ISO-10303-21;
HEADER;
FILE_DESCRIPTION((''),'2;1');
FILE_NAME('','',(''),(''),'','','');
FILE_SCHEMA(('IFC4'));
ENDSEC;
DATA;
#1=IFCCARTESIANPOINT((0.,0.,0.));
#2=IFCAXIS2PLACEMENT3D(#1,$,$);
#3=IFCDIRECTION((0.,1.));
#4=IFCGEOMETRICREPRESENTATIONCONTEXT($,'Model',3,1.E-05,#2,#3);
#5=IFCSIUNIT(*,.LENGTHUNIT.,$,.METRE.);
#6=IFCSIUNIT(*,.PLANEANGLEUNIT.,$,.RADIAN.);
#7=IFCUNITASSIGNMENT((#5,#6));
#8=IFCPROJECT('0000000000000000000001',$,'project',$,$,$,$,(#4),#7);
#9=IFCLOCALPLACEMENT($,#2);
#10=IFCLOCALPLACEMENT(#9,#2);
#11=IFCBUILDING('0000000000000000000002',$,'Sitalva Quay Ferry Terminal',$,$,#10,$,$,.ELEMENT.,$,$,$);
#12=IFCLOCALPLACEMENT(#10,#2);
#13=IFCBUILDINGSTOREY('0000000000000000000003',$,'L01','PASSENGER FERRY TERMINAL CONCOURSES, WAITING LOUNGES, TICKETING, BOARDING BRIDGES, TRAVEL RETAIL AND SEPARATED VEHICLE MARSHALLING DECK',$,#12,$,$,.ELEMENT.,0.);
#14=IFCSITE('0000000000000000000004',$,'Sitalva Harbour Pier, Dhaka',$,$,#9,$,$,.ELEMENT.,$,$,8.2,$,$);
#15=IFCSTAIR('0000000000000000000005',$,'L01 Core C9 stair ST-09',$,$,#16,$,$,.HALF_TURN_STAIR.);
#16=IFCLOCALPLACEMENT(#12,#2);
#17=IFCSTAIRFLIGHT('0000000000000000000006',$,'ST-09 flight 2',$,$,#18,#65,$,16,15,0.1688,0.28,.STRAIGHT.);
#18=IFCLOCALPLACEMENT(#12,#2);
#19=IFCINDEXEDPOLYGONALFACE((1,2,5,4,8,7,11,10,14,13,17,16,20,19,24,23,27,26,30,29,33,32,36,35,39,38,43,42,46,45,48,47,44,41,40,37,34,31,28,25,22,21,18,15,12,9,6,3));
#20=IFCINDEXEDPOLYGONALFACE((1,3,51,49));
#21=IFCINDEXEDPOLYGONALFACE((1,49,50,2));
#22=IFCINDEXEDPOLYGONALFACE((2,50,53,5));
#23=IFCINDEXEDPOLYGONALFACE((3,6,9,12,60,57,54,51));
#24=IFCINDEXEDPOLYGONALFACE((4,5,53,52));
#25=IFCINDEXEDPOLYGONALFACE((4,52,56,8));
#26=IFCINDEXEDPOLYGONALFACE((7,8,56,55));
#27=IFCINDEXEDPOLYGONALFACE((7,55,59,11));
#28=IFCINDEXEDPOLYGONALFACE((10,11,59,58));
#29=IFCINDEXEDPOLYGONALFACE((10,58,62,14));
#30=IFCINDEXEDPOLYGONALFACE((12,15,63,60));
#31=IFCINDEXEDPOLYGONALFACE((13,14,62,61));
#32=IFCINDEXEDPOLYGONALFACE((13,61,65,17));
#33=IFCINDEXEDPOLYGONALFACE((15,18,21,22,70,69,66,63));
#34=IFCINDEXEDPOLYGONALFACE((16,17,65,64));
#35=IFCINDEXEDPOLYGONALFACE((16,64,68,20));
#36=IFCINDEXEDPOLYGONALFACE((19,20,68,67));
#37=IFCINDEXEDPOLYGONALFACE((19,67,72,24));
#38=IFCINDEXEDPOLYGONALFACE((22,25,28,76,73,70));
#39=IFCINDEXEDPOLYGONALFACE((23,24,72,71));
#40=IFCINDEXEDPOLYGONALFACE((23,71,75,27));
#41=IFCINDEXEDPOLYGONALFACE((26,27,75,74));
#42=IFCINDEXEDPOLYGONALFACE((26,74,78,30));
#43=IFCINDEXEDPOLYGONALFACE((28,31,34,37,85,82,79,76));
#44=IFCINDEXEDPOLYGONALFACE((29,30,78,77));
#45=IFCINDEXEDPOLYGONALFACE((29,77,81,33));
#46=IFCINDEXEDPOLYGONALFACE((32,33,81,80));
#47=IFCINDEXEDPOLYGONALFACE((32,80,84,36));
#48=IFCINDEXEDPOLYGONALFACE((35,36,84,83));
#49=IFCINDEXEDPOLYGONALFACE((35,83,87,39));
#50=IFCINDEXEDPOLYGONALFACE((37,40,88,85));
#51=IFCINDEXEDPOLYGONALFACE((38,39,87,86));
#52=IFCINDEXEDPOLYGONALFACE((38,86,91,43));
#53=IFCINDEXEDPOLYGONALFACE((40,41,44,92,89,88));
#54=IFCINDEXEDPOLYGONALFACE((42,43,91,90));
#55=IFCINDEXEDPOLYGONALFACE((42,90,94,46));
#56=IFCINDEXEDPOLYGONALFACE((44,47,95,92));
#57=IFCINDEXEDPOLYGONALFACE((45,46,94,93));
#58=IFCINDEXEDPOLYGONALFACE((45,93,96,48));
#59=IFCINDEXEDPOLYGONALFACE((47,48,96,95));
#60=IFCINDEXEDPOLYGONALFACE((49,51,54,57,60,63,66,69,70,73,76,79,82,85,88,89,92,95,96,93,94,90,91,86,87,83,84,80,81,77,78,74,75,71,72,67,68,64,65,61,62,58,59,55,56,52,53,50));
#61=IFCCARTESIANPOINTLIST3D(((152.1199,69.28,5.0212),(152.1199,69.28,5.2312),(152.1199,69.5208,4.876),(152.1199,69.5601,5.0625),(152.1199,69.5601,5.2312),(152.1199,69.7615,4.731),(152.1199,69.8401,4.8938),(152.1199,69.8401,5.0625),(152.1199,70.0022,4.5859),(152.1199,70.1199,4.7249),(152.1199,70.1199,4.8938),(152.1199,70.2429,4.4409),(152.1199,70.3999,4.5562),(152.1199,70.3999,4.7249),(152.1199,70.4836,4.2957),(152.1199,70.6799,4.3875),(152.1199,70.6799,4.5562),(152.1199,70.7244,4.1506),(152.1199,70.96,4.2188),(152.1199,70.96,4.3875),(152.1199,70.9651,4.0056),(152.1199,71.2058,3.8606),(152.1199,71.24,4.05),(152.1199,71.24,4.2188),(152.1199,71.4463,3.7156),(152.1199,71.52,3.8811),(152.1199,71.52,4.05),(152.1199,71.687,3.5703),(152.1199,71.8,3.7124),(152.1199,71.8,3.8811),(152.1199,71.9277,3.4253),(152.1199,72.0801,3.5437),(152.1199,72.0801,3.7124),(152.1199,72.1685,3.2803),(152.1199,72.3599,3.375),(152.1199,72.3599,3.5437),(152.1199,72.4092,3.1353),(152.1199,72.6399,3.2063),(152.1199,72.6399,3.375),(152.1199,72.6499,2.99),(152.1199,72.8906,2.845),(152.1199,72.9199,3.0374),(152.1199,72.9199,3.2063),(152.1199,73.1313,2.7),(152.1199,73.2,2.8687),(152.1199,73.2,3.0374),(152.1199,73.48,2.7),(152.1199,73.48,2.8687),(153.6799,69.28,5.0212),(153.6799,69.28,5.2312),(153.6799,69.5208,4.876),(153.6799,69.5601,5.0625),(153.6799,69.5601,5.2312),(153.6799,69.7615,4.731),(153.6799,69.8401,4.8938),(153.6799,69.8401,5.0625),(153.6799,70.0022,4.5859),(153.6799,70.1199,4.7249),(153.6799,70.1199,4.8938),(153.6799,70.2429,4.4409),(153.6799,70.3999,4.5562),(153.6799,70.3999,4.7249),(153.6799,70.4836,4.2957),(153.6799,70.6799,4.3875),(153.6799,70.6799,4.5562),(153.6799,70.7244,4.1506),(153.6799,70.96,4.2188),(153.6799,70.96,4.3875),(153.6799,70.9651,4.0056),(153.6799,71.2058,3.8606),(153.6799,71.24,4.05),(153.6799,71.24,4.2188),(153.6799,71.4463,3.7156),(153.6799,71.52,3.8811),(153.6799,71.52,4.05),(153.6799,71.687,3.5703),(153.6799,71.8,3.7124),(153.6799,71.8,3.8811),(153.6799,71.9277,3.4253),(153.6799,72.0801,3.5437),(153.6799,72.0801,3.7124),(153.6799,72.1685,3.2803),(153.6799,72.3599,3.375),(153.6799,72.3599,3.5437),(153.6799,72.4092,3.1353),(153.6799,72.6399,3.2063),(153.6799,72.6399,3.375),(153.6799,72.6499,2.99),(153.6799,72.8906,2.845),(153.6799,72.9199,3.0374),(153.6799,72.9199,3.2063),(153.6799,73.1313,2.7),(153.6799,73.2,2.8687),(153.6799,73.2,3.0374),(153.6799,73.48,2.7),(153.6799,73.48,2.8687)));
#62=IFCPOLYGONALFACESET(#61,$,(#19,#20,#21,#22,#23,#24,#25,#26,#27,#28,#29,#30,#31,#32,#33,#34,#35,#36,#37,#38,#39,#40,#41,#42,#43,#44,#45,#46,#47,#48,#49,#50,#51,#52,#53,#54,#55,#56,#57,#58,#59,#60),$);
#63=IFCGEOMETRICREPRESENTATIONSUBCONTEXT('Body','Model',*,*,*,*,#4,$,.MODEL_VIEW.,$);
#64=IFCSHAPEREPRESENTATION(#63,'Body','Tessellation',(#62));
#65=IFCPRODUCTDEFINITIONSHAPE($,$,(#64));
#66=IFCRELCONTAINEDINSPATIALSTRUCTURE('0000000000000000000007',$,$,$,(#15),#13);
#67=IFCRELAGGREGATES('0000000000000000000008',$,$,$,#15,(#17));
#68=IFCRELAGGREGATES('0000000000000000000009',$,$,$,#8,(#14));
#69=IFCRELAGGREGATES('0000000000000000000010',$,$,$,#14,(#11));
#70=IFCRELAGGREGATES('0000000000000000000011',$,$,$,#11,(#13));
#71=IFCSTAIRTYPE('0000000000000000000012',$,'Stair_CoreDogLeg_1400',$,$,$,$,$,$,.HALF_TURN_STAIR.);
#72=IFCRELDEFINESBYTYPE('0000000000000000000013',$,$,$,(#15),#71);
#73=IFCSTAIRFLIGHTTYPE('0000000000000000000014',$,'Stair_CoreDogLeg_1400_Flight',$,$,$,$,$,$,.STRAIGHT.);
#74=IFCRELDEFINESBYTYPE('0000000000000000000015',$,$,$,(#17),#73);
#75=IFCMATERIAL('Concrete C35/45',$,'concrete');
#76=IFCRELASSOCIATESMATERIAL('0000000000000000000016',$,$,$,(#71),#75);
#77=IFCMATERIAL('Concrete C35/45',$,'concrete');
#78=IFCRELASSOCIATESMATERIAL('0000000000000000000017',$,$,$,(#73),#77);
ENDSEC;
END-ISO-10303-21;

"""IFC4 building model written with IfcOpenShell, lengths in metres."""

from ifc_helpers import new_model, si_unit, direction, frame, origin, place, context, subcontext, project, spatial, polyline, outline, extrude, material, type_object, element, aggregate, save


model = new_model("IFC4")

# Units and contexts
model_context = context("Model", 3, precision=1e-05, world=origin(), true_north=direction((0.0, 1.0)))
body_context = subcontext(model_context, "Body", "Model", "MODEL_VIEW")
ifc_project = project(units=[si_unit("LENGTHUNIT", "METRE"), si_unit("PLANEANGLEUNIT", "RADIAN")], contexts=[model_context])

# Site, building, storey
site_placement = place(None, origin())
site = spatial("IfcSite", under=ifc_project, at=site_placement, Name="Sitalva Harbour Pier, Dhaka", CompositionType="ELEMENT", RefElevation=8.2)
building_placement = place(site_placement, origin())
building = spatial("IfcBuilding", under=site, at=building_placement, Name="Sitalva Quay Ferry Terminal", CompositionType="ELEMENT")
storey_placement = place(building_placement, origin())
storey = spatial("IfcBuildingStorey", under=building, at=storey_placement, Name="L01", Description="PASSENGER FERRY TERMINAL CONCOURSES, WAITING LOUNGES, TICKETING, BOARDING BRIDGES, TRAVEL RETAIL AND SEPARATED VEHICLE MARSHALLING DECK", CompositionType="ELEMENT", Elevation=0.0)

# Stair, stair flight
ifc_material_1 = material(Name="Concrete C35/45", Category="concrete")
stair_type = type_object("IfcStairType", Name="Stair_CoreDogLeg_1400", PredefinedType="HALF_TURN_STAIR", material=ifc_material_1)
stair_placement = place(storey_placement, origin())
stair = element("IfcStair", 1, at=stair_placement, inside=storey, type_object=stair_type, Name="L01 Core C9 stair ST-09", PredefinedType="HALF_TURN_STAIR")
ifc_material_2 = material(Name="Concrete C35/45", Category="concrete")
stair_flight_type = type_object("IfcStairFlightType", Name="Stair_CoreDogLeg_1400_Flight", PredefinedType="STRAIGHT", material=ifc_material_2)
stair_flight_1_placement = place(storey_placement, frame((152.8999, 73.48, 2.7), z_axis=(0.0, 0.0, 1.0), x_axis=(0.0, -1.0, 0.0)))
stair_flight_1 = element("IfcStairFlight", 2, at=stair_flight_1_placement, type_object=stair_flight_type, Name="ST-09 flight 2", NumberOfRisers=16, NumberOfTreads=15, PredefinedType="STRAIGHT", RiserHeight=0.1688, TreadLength=0.28, context=body_context, shape_type="SweptSolid", body=[
    extrude(outline(polyline([(0.0, 0.0), (0.0, 0.1687), (0.28, 0.1687), (0.28, 0.3374), (0.5601, 0.3374), (0.5601, 0.5063), (0.8401, 0.5063), (0.8401, 0.675), (1.1201, 0.675), (1.1201, 0.8438), (1.3999, 0.8438), (1.3999, 1.0125), (1.6799, 1.0125), (1.6799, 1.1812), (1.96, 1.1812), (1.96, 1.3501), (2.24, 1.3501), (2.24, 1.5188), (2.52, 1.5188), (2.52, 1.6875), (2.8, 1.6875), (2.8, 1.8562), (3.0801, 1.8562), (3.0801, 2.0249), (3.3601, 2.0249), (3.3601, 2.1938), (3.6399, 2.1938), (3.6399, 2.3625), (3.9199, 2.3625), (3.9199, 2.5312), (4.2, 2.5312), (4.2, 2.7), (4.2, 2.3213), (3.9592, 2.176), (3.7185, 2.031), (3.4778, 1.886), (3.2371, 1.741), (2.9963, 1.5957), (2.7556, 1.4507), (2.5149, 1.3057), (2.2742, 1.1606), (2.0337, 1.0156), (1.793, 0.8704), (1.5522, 0.7253), (1.3115, 0.5803), (1.0708, 0.4353), (0.8301, 0.29), (0.5894, 0.145), (0.3486, 0.0), (0.0, 0.0)])), frame((0.0, 0.78, 0.0), z_axis=(0.0, -1.0, 0.0), x_axis=(1.0, 0.0, 0.0)), (0.0, 0.0, 1.0), 1.5601),
])
aggregate(stair, [stair_flight_1])

save(model, "model.ifc")
